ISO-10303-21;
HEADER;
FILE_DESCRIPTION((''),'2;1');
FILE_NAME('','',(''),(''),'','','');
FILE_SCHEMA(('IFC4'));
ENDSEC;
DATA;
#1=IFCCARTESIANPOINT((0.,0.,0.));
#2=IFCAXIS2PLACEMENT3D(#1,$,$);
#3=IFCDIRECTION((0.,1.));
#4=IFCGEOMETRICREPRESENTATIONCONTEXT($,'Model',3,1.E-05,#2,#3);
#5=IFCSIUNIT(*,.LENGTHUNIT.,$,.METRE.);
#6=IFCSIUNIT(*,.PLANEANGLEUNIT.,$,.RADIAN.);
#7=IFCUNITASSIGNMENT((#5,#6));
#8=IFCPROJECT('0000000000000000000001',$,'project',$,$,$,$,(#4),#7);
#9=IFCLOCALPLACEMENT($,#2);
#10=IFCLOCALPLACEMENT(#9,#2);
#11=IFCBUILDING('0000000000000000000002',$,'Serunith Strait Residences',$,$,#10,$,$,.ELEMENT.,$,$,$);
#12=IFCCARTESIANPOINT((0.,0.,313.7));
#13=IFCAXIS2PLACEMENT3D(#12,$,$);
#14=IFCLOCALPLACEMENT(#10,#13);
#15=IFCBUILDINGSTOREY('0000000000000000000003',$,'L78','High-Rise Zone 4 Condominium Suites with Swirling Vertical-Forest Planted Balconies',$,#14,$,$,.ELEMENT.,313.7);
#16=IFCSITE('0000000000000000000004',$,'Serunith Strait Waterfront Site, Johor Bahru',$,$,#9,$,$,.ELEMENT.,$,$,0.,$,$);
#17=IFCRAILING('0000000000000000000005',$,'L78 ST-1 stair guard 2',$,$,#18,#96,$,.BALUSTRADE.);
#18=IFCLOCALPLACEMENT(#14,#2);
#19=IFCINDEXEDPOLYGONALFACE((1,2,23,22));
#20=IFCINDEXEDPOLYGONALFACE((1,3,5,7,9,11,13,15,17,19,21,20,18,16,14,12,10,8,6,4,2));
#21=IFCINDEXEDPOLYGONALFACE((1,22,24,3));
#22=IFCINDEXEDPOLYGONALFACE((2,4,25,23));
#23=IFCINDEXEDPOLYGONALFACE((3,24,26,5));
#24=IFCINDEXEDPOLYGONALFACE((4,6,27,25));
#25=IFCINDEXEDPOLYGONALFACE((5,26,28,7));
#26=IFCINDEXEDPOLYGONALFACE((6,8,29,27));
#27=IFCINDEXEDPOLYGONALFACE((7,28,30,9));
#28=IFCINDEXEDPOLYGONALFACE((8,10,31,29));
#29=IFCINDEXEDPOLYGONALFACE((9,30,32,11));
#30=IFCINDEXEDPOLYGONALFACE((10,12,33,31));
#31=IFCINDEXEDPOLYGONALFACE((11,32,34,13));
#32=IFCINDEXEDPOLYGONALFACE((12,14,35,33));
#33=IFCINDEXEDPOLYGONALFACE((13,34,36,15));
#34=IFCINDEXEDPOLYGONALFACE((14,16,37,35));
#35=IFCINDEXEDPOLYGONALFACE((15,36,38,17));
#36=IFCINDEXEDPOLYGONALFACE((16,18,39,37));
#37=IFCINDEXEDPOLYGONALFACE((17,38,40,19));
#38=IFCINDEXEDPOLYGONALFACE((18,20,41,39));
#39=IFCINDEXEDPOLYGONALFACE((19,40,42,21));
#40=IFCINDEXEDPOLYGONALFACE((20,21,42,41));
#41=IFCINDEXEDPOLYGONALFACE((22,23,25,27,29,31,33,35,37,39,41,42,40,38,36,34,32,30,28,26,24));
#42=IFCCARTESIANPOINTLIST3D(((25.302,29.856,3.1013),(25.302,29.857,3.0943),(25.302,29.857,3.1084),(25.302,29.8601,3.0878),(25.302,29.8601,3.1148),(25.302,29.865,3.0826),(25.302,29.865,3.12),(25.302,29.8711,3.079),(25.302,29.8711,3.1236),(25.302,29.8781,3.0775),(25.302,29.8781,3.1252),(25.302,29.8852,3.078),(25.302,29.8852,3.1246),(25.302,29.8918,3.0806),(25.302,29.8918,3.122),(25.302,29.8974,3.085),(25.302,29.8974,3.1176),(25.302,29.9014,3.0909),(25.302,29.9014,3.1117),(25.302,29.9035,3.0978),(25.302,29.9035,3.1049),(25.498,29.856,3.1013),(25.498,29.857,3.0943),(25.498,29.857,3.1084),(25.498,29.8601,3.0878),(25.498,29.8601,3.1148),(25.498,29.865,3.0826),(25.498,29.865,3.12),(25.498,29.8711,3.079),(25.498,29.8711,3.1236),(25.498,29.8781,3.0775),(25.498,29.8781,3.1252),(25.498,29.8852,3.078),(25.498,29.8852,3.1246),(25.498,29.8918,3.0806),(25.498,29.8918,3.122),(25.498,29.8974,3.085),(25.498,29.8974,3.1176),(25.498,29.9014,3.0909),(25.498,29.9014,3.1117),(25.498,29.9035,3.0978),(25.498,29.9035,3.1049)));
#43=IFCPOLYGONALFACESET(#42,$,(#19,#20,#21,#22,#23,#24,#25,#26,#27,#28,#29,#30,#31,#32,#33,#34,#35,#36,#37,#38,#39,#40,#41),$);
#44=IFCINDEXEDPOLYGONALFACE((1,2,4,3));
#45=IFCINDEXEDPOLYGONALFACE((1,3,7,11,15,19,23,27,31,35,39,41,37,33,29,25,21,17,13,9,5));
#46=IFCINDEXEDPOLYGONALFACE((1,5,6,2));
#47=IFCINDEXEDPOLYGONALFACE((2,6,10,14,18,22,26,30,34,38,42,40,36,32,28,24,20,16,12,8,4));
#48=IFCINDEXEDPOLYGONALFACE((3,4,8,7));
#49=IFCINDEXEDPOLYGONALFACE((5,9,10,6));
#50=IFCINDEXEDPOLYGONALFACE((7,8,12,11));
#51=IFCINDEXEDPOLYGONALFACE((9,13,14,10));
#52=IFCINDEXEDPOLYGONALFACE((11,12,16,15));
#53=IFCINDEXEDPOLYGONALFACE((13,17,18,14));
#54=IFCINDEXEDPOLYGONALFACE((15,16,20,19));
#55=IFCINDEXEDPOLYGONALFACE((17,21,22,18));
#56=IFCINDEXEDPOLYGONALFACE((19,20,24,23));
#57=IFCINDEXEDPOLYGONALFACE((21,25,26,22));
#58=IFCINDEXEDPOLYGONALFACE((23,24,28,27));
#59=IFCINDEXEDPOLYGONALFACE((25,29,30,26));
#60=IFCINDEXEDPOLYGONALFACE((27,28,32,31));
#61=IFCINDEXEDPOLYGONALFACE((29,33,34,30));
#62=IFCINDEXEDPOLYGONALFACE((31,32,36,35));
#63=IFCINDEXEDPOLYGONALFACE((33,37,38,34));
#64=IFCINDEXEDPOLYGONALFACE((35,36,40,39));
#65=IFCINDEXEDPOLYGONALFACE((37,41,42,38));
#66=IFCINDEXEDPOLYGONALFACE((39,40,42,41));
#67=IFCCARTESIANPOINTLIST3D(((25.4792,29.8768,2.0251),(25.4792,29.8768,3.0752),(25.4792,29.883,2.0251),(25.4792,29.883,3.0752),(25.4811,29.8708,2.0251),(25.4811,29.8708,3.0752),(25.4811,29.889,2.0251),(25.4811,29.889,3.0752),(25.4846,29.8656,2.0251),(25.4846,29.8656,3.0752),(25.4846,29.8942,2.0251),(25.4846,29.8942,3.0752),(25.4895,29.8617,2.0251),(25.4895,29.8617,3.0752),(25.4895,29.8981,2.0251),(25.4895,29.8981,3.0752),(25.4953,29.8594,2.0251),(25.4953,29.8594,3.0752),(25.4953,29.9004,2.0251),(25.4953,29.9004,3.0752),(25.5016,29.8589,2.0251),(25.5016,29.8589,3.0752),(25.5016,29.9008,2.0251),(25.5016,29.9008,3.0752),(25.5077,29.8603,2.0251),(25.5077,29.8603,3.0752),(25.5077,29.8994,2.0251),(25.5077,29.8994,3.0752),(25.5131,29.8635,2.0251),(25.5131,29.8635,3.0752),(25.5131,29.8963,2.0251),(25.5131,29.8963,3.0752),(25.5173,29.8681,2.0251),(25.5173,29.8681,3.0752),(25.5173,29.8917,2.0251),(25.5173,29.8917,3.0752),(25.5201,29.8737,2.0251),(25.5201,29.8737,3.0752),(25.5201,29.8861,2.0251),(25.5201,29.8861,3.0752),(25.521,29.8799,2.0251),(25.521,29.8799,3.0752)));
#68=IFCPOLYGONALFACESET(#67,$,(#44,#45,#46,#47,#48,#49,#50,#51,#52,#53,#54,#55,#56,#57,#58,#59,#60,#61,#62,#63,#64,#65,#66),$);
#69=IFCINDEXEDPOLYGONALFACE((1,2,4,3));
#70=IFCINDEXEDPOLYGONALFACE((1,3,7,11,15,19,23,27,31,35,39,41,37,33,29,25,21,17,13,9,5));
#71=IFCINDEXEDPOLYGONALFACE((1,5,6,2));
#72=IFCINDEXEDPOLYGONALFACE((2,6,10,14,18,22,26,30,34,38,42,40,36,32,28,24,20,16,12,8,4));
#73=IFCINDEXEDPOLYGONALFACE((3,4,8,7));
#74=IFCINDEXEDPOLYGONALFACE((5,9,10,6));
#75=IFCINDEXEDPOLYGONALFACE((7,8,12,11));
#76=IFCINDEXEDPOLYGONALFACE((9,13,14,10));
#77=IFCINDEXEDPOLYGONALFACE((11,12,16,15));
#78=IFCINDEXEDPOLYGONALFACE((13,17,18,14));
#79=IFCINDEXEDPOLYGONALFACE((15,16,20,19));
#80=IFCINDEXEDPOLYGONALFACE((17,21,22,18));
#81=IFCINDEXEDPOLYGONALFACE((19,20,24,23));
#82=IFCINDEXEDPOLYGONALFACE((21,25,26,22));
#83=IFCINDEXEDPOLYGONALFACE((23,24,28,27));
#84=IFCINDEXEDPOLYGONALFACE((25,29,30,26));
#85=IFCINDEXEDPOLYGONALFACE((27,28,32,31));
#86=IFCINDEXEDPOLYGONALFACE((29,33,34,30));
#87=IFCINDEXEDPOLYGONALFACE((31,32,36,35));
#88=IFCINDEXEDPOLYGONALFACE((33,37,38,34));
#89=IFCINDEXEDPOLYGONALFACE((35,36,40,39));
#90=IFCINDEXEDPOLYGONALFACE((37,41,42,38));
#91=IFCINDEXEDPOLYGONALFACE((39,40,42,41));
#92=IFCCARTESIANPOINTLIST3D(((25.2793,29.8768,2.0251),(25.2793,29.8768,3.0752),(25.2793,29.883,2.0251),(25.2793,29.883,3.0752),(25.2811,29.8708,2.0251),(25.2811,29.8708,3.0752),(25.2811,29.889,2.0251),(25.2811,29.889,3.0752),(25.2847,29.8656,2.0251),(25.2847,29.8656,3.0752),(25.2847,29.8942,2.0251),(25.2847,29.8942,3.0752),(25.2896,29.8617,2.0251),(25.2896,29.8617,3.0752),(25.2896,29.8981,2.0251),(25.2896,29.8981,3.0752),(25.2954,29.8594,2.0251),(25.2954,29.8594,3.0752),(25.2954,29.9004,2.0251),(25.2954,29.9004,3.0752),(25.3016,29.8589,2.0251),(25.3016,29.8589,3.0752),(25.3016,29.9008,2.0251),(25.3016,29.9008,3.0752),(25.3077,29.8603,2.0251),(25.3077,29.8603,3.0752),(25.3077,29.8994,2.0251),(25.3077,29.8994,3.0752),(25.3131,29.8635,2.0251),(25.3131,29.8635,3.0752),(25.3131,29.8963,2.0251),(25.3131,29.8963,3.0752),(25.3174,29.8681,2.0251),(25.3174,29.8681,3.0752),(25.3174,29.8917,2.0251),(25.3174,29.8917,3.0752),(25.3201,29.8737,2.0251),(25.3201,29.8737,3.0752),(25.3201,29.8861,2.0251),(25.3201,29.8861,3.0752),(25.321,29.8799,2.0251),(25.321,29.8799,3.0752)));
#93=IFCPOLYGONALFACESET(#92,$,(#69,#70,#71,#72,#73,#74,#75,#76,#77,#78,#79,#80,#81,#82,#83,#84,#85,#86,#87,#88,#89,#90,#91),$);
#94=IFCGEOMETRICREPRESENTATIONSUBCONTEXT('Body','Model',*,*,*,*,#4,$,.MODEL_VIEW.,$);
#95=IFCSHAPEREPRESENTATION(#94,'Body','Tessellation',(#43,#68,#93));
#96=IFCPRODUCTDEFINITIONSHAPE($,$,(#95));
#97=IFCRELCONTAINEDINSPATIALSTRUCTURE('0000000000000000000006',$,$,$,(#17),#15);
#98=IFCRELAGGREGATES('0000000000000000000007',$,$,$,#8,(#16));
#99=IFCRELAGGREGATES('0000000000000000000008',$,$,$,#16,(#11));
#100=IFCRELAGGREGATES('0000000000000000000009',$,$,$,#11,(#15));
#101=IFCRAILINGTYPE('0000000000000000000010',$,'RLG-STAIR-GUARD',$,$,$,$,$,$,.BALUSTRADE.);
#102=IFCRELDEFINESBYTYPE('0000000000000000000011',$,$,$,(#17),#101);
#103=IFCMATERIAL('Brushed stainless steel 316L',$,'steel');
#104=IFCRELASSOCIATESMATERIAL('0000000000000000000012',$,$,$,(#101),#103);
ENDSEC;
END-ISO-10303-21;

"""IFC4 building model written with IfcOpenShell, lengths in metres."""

from ifc_helpers import new_model, si_unit, direction, frame, origin, origin_2d, place, context, subcontext, project, spatial, circle, extrude, material, type_object, element, save


model = new_model("IFC4")

# Units and contexts
model_context = context("Model", 3, precision=1e-05, world=origin(), true_north=direction((0.0, 1.0)))
body_context = subcontext(model_context, "Body", "Model", "MODEL_VIEW")
ifc_project = project(units=[si_unit("LENGTHUNIT", "METRE"), si_unit("PLANEANGLEUNIT", "RADIAN")], contexts=[model_context])

# Site, building, storey
site_placement = place(None, origin())
site = spatial("IfcSite", under=ifc_project, at=site_placement, Name="Serunith Strait Waterfront Site, Johor Bahru", CompositionType="ELEMENT", RefElevation=0.0)
building_placement = place(site_placement, origin())
building = spatial("IfcBuilding", under=site, at=building_placement, Name="Serunith Strait Residences", CompositionType="ELEMENT")
storey_placement = place(building_placement, frame((0.0, 0.0, 313.7)))
storey = spatial("IfcBuildingStorey", under=building, at=storey_placement, Name="L78", Description="High-Rise Zone 4 Condominium Suites with Swirling Vertical-Forest Planted Balconies", CompositionType="ELEMENT", Elevation=313.7)

# Railing
ifc_material_1 = material(Name="Brushed stainless steel 316L", Category="steel")
railing_type_1 = type_object("IfcRailingType", Name="RLG-STAIR-GUARD", PredefinedType="BALUSTRADE", material=ifc_material_1)
railing_1_placement = place(storey_placement, frame((25.5, 29.8799, 2.0251)))
element("IfcRailing", 1, at=railing_1_placement, inside=storey, type_object=railing_type_1, Name="L78 ST-1 stair guard 2", PredefinedType="BALUSTRADE", context=body_context, shape_type="SweptSolid", body=[
    extrude(circle(Radius=0.0239, at=origin_2d()), frame((-0.002, 0.0, 1.0762), z_axis=(-1.0, 0.0, 0.0), x_axis=(0.0, -1.0, 0.0)), (0.0, 0.0, 1.0), 0.196),
    extrude(circle(Radius=0.021, at=origin_2d()), origin(), (0.0, 0.0, 1.0), 1.05),
    extrude(circle(Radius=0.021, at=origin_2d()), frame((-0.2, 0.0, 0.0)), (0.0, 0.0, 1.0), 1.05),
])

save(model, "model.ifc")
